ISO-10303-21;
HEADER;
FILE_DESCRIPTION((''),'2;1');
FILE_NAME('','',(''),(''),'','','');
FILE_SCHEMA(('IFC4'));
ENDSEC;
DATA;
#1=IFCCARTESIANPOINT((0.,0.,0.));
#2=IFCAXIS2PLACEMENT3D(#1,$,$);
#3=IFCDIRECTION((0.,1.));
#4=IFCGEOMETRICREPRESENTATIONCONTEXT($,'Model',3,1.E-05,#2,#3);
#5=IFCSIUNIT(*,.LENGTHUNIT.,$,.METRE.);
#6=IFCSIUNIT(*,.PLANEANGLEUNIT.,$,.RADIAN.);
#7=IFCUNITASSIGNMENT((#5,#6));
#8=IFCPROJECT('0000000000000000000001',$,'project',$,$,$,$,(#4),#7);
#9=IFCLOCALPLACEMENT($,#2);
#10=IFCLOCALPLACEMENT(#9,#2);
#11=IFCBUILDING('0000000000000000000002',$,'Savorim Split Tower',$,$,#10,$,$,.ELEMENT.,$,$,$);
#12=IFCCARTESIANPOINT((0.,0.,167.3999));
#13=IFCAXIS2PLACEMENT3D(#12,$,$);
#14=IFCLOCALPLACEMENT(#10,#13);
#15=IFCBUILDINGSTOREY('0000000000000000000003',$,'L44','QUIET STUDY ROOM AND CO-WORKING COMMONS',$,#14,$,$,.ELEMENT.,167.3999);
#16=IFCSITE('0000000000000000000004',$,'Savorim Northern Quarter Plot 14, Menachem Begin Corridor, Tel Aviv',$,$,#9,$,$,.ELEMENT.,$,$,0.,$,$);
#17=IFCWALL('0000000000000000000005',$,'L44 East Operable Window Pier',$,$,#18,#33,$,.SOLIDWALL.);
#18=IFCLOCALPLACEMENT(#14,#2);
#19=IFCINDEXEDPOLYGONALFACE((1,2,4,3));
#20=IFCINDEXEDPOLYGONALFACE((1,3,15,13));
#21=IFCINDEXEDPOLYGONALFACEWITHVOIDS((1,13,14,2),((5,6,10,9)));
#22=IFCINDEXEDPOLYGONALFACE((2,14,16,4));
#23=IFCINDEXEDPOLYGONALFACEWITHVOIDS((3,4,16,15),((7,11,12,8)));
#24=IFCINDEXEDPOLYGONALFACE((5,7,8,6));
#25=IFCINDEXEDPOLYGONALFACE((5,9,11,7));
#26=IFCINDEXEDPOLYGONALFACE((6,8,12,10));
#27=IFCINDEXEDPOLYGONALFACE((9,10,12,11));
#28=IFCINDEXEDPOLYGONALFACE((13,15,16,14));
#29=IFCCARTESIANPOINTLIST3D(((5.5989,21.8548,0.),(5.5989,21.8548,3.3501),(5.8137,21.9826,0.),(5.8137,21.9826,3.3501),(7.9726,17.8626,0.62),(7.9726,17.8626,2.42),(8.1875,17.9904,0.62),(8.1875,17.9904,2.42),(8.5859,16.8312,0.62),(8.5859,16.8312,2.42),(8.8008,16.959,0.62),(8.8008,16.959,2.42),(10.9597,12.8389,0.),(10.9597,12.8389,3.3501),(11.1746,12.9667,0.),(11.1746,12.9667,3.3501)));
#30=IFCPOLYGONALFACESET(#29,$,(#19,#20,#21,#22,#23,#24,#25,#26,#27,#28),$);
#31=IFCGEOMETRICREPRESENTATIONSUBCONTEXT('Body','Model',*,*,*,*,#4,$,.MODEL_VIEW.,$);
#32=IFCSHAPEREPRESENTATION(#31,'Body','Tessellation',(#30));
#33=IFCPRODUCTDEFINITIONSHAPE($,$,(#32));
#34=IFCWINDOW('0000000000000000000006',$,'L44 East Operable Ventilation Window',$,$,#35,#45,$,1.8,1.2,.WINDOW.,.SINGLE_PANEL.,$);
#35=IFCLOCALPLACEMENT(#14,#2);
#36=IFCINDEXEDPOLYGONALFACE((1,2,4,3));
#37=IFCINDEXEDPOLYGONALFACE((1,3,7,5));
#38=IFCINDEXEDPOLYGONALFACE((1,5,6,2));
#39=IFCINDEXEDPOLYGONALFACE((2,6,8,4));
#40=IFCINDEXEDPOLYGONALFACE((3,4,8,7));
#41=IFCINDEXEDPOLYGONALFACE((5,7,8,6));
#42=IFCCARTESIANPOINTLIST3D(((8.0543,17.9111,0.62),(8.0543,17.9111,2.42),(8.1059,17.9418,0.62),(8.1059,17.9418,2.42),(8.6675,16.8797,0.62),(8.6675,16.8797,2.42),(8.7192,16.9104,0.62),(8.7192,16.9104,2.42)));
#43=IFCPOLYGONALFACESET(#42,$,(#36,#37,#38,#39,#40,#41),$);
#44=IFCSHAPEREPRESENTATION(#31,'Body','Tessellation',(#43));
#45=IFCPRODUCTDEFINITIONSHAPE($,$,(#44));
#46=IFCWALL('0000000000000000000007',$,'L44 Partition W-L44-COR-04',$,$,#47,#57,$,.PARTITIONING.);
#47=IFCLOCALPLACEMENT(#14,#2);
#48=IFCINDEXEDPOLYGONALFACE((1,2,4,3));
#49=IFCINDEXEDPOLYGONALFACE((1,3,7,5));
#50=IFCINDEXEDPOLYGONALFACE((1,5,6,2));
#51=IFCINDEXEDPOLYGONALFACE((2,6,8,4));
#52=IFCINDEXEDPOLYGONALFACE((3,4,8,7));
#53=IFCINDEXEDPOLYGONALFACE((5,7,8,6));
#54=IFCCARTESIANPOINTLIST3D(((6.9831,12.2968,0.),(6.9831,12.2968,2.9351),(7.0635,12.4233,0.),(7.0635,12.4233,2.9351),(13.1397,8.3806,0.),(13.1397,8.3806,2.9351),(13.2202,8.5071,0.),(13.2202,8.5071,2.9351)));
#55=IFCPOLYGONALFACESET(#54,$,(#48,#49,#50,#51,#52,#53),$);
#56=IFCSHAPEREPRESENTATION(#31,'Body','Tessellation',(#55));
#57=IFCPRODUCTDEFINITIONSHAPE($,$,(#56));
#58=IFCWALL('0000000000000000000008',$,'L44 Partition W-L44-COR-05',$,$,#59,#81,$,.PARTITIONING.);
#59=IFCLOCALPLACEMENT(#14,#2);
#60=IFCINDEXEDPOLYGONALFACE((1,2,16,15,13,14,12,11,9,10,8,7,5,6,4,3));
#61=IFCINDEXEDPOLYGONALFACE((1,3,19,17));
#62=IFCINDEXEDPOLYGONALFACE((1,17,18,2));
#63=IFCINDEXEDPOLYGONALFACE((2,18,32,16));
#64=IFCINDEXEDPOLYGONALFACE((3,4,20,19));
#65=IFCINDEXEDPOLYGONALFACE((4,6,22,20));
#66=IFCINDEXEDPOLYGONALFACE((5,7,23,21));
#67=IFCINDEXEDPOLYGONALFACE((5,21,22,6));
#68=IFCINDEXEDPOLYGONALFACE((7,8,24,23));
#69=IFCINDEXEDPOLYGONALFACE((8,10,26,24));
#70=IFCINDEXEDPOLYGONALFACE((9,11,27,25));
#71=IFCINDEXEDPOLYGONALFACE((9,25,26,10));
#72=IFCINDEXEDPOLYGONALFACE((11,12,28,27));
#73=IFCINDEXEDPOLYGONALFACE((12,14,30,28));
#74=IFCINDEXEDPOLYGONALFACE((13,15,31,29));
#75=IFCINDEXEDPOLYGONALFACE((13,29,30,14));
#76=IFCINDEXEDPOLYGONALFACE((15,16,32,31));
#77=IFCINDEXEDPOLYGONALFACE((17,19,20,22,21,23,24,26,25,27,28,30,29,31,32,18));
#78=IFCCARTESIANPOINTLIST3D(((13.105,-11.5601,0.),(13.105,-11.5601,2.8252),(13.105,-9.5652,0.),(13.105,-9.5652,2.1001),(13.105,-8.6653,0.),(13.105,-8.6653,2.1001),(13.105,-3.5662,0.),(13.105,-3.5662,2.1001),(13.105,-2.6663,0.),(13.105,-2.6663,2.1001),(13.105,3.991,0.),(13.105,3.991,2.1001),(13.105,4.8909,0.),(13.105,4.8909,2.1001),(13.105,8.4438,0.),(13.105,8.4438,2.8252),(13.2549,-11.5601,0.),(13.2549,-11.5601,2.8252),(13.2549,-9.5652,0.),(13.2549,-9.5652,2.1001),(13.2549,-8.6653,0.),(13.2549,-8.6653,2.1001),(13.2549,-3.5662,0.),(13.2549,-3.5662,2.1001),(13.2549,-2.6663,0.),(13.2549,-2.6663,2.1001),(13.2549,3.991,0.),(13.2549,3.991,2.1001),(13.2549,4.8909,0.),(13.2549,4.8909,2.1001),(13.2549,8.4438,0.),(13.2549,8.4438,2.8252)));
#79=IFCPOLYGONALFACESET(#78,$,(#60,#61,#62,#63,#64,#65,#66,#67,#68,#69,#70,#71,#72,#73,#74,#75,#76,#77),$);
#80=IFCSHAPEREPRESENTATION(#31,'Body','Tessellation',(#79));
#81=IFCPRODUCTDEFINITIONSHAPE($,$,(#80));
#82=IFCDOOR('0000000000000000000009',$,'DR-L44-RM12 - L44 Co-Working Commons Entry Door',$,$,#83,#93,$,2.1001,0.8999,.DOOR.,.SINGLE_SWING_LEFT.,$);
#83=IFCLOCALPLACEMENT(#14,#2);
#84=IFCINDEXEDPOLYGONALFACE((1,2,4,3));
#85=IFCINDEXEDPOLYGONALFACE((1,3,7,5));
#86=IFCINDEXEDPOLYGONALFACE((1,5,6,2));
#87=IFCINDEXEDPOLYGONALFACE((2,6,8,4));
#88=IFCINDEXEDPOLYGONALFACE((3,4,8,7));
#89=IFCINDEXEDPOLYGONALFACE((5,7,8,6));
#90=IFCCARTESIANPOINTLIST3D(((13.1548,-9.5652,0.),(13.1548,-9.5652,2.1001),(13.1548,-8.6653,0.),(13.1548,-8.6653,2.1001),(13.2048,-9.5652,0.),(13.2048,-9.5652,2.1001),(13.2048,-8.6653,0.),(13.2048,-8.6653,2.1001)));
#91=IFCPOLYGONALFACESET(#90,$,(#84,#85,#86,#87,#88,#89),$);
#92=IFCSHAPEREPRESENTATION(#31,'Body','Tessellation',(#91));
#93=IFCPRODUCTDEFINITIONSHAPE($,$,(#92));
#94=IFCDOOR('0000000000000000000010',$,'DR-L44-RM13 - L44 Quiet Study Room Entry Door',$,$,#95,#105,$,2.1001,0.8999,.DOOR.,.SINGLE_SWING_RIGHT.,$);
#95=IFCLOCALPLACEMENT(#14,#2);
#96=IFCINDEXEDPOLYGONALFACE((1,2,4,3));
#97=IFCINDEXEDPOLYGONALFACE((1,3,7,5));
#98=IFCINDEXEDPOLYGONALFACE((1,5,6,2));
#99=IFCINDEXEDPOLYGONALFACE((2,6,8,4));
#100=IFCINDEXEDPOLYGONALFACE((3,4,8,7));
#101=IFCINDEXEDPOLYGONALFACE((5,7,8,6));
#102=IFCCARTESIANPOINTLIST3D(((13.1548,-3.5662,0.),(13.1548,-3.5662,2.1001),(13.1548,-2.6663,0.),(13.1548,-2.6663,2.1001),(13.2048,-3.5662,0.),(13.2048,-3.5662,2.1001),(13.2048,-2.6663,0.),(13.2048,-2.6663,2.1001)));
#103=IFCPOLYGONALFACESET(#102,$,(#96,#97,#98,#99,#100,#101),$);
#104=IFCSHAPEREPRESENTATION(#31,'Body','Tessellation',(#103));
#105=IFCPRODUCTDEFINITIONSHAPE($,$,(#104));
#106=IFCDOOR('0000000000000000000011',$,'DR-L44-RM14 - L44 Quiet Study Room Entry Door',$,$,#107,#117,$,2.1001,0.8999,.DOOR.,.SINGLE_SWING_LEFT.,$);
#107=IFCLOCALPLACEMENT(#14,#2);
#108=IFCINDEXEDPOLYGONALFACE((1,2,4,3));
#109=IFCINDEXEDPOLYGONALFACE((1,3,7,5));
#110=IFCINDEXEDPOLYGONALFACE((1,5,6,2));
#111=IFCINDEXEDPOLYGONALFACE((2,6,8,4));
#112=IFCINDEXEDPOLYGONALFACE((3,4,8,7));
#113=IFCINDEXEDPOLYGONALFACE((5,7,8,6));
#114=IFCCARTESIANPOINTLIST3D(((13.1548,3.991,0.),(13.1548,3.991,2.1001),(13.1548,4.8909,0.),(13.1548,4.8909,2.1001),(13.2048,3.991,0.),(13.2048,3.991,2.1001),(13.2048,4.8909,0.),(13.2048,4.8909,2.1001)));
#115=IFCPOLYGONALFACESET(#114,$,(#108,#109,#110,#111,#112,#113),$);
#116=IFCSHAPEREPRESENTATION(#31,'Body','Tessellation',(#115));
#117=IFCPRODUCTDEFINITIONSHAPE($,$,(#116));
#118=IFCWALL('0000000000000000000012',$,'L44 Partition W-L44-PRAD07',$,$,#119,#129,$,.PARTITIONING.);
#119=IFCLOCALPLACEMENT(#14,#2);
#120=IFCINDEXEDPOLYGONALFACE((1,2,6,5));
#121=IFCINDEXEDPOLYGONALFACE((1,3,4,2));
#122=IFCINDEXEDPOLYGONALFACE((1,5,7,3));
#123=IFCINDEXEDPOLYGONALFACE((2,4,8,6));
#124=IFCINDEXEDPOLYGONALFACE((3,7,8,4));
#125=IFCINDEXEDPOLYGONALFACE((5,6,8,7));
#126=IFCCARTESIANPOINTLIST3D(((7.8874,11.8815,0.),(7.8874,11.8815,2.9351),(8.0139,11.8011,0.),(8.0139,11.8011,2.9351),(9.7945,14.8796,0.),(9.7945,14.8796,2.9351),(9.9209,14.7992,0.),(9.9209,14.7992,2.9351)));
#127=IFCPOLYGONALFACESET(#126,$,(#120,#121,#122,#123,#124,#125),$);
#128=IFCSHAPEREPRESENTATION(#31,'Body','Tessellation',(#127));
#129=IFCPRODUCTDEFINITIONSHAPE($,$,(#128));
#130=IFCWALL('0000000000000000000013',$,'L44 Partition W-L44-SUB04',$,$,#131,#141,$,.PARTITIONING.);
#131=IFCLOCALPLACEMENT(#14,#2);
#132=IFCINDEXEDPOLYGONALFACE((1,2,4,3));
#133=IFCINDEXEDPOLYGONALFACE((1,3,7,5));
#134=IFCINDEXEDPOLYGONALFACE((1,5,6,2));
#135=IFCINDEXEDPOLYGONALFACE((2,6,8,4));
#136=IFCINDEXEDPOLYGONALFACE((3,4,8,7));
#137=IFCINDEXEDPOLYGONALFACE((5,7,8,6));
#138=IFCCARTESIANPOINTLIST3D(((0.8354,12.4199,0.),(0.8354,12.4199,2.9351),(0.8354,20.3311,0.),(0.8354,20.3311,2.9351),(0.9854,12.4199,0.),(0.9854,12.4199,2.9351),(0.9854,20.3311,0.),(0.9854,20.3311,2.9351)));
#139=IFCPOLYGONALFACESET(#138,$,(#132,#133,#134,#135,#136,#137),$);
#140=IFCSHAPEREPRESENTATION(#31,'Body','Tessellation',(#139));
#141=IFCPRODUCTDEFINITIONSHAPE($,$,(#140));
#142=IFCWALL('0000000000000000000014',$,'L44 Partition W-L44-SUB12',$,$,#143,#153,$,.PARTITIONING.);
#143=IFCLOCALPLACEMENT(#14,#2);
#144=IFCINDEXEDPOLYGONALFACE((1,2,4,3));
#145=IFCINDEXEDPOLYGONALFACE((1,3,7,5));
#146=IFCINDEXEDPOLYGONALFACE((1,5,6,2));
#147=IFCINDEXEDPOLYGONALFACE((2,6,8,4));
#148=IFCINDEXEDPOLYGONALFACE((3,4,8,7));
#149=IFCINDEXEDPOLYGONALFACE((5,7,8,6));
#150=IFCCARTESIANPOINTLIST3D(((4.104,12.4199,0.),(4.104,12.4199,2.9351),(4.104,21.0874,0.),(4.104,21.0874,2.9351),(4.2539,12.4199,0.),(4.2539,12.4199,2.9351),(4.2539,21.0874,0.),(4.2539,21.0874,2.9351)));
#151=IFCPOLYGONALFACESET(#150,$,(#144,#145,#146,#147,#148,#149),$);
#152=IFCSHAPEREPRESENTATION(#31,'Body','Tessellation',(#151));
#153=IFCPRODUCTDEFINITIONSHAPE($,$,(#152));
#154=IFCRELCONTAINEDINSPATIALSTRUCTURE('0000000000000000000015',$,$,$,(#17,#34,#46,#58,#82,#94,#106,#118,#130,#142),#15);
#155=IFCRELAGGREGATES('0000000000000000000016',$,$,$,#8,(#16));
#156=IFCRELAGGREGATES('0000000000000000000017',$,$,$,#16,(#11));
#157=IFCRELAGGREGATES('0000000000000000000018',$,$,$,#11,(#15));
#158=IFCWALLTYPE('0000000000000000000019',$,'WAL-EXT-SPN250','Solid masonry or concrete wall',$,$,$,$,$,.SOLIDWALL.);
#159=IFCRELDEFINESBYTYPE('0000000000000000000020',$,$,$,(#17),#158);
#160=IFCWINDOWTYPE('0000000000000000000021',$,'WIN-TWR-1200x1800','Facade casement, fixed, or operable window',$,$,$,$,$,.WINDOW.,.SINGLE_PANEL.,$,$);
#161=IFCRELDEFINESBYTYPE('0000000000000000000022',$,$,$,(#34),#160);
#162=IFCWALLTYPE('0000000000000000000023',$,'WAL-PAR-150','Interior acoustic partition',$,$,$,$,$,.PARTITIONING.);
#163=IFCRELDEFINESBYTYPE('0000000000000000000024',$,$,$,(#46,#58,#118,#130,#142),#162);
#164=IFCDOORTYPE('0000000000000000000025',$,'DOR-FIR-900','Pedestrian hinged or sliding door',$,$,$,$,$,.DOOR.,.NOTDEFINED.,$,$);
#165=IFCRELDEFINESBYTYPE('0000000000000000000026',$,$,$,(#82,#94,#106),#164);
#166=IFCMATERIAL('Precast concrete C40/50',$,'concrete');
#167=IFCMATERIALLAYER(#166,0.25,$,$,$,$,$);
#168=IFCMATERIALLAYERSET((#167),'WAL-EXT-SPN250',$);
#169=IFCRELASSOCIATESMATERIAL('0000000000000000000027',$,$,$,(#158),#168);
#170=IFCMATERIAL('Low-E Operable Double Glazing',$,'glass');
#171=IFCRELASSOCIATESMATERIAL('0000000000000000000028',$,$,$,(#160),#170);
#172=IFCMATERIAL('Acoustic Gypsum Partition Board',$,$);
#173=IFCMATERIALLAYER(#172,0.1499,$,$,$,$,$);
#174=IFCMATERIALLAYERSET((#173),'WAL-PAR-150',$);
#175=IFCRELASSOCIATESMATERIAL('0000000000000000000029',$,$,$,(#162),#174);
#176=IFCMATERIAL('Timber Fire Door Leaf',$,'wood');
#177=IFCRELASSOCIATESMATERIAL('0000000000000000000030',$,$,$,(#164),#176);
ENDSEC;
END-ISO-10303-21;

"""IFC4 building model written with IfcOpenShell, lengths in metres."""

from ifc_helpers import new_model, si_unit, direction, frame, frame_2d, origin, place, context, subcontext, project, spatial, rectangle, extrude, material, layer, layer_set, type_object, element, fill, save


model = new_model("IFC4")

# Units and contexts
model_context = context("Model", 3, precision=1e-05, world=origin(), true_north=direction((0.0, 1.0)))
body_context = subcontext(model_context, "Body", "Model", "MODEL_VIEW")
ifc_project = project(units=[si_unit("LENGTHUNIT", "METRE"), si_unit("PLANEANGLEUNIT", "RADIAN")], contexts=[model_context])

# Site, building, storey
site_placement = place(None, origin())
site = spatial("IfcSite", under=ifc_project, at=site_placement, Name="Savorim Northern Quarter Plot 14, Menachem Begin Corridor, Tel Aviv", CompositionType="ELEMENT", RefElevation=0.0)
building_placement = place(site_placement, origin())
building = spatial("IfcBuilding", under=site, at=building_placement, Name="Savorim Split Tower", CompositionType="ELEMENT")
storey_placement = place(building_placement, frame((0.0, 0.0, 167.3999)))
storey = spatial("IfcBuildingStorey", under=building, at=storey_placement, Name="L44", Description="QUIET STUDY ROOM AND CO-WORKING COMMONS", CompositionType="ELEMENT", Elevation=167.3999)

# Shared definitions
ifc_material_1 = material(Name="Timber Fire Door Leaf", Category="wood")

# Shared definitions
ifc_material_2 = material(Name="Precast concrete C40/50", Category="concrete")

# Wall, opening, window
ifc_layer_1 = layer(ifc_material_2, 0.25)
ifc_layer_set_1 = layer_set([ifc_layer_1], Name="WAL-EXT-SPN250")
wall_type_1 = type_object("IfcWallType", Name="WAL-EXT-SPN250", Description="Solid masonry or concrete wall", PredefinedType="SOLIDWALL", material=ifc_layer_set_1)
wall_1_placement = place(storey_placement, frame((5.7063, 21.9187, 0.0), z_axis=(0.0, 0.0, 1.0), x_axis=(0.511079, -0.859534, 0.0)))
wall_1 = element("IfcWall", 1, at=wall_1_placement, inside=storey, type_object=wall_type_1, Name="L44 East Operable Window Pier", PredefinedType="SOLIDWALL", context=body_context, shape_type="SweptSolid", body=[
    extrude(rectangle(XDim=10.4893, YDim=0.25, at=frame_2d((5.2446, 0.0))), origin(), (0.0, 0.0, 1.0), 3.3501),
])
opening_1_placement = place(wall_1_placement, frame((4.6445, 0.0, 0.6201)))
opening_1 = element("IfcOpeningElement", 2, at=opening_1_placement, cuts=wall_1, PredefinedType="OPENING", context=body_context, shape_type="SweptSolid", body=[
    extrude(rectangle(XDim=1.2, YDim=1.8, at=frame_2d((0.6001, 0.8999))), frame((0.0, 0.135, 0.0), z_axis=(0.0, -1.0, 0.0), x_axis=(1.0, 0.0, 0.0)), (0.0, 0.0, 1.0), 0.27),
])
ifc_material_3 = material(Name="Low-E Operable Double Glazing", Category="glass")
window_type = type_object("IfcWindowType", Name="WIN-TWR-1200x1800", Description="Facade casement, fixed, or operable window", PartitioningType="SINGLE_PANEL", PredefinedType="WINDOW", material=ifc_material_3)
window_placement = place(opening_1_placement, origin())
window = element("IfcWindow", 3, at=window_placement, inside=storey, type_object=window_type, Name="L44 East Operable Ventilation Window", OverallHeight=1.8, OverallWidth=1.2, PartitioningType="SINGLE_PANEL", PredefinedType="WINDOW", context=body_context, shape_type="SweptSolid", body=[
    extrude(rectangle(XDim=1.2, YDim=1.8, at=frame_2d((0.6001, 0.8999))), frame((0.0, 0.03, 0.0), z_axis=(0.0, -1.0, 0.0), x_axis=(1.0, 0.0, 0.0)), (0.0, 0.0, 1.0), 0.0601),
])
fill(opening_1, window)

# Wall
ifc_material_4 = material(Name="Acoustic Gypsum Partition Board")
ifc_layer_2 = layer(ifc_material_4, 0.1499)
ifc_layer_set_2 = layer_set([ifc_layer_2], Name="WAL-PAR-150")
wall_type_2 = type_object("IfcWallType", Name="WAL-PAR-150", Description="Interior acoustic partition", PredefinedType="PARTITIONING", material=ifc_layer_set_2)
wall_2_placement = place(storey_placement, frame((7.0232, 12.3601, 0.0), z_axis=(0.0, 0.0, 1.0), x_axis=(0.843765, -0.536713, 0.0)))
element("IfcWall", 4, at=wall_2_placement, inside=storey, type_object=wall_type_2, Name="L44 Partition W-L44-COR-04", PredefinedType="PARTITIONING", context=body_context, shape_type="SweptSolid", body=[
    extrude(rectangle(XDim=7.2966, YDim=0.1499, at=frame_2d((3.6484, 0.0))), origin(), (0.0, 0.0, 1.0), 2.9351),
])

# Wall, openings, doors
wall_3_placement = place(storey_placement, frame((13.1799, 8.4438, 0.0), z_axis=(0.0, 0.0, 1.0), x_axis=(0.0, -1.0, 0.0)))
wall_3 = element("IfcWall", 5, at=wall_3_placement, inside=storey, type_object=wall_type_2, Name="L44 Partition W-L44-COR-05", PredefinedType="PARTITIONING", context=body_context, shape_type="SweptSolid", body=[
    extrude(rectangle(XDim=20.0039, YDim=0.1499, at=frame_2d((10.002, 0.0))), origin(), (0.0, 0.0, 1.0), 2.8252),
])
opening_2_placement = place(wall_3_placement, frame((17.1091, 0.0, 0.0)))
opening_2 = element("IfcOpeningElement", 6, at=opening_2_placement, cuts=wall_3, PredefinedType="OPENING", context=body_context, shape_type="SweptSolid", body=[
    extrude(rectangle(XDim=0.8999, YDim=2.1001, at=frame_2d((0.45, 1.05))), frame((0.0, 0.085, 0.0), z_axis=(0.0, -1.0, 0.0), x_axis=(1.0, 0.0, 0.0)), (0.0, 0.0, 1.0), 0.1699),
])
opening_3_placement = place(wall_3_placement, frame((11.1101, 0.0, 0.0)))
opening_3 = element("IfcOpeningElement", 7, at=opening_3_placement, cuts=wall_3, PredefinedType="OPENING", context=body_context, shape_type="SweptSolid", body=[
    extrude(rectangle(XDim=0.8999, YDim=2.1001, at=frame_2d((0.45, 1.05))), frame((0.0, 0.085, 0.0), z_axis=(0.0, -1.0, 0.0), x_axis=(1.0, 0.0, 0.0)), (0.0, 0.0, 1.0), 0.1699),
])
opening_4_placement = place(wall_3_placement, frame((3.553, 0.0, 0.0)))
opening_4 = element("IfcOpeningElement", 8, at=opening_4_placement, cuts=wall_3, PredefinedType="OPENING", context=body_context, shape_type="SweptSolid", body=[
    extrude(rectangle(XDim=0.8999, YDim=2.1001, at=frame_2d((0.45, 1.05))), frame((0.0, 0.085, 0.0), z_axis=(0.0, -1.0, 0.0), x_axis=(1.0, 0.0, 0.0)), (0.0, 0.0, 1.0), 0.1699),
])
door_type_1 = type_object("IfcDoorType", Name="DOR-FIR-900", Description="Pedestrian hinged or sliding door", OperationType="NOTDEFINED", PredefinedType="DOOR", material=ifc_material_1)
door_1_placement = place(opening_2_placement, origin())
door_1 = element("IfcDoor", 9, at=door_1_placement, inside=storey, type_object=door_type_1, Name="DR-L44-RM12 - L44 Co-Working Commons Entry Door", OperationType="SINGLE_SWING_LEFT", OverallHeight=2.1001, OverallWidth=0.8999, PredefinedType="DOOR", context=body_context, shape_type="SweptSolid", body=[
    extrude(rectangle(XDim=0.8999, YDim=2.1001, at=frame_2d((0.45, 1.05))), frame((0.0, 0.0249, 0.0), z_axis=(0.0, -1.0, 0.0), x_axis=(1.0, 0.0, 0.0)), (0.0, 0.0, 1.0), 0.05),
])
fill(opening_2, door_1)
door_2_placement = place(opening_3_placement, origin())
door_2 = element("IfcDoor", 10, at=door_2_placement, inside=storey, type_object=door_type_1, Name="DR-L44-RM13 - L44 Quiet Study Room Entry Door", OperationType="SINGLE_SWING_RIGHT", OverallHeight=2.1001, OverallWidth=0.8999, PredefinedType="DOOR", context=body_context, shape_type="SweptSolid", body=[
    extrude(rectangle(XDim=0.8999, YDim=2.1001, at=frame_2d((0.45, 1.05))), frame((0.0, 0.0249, 0.0), z_axis=(0.0, -1.0, 0.0), x_axis=(1.0, 0.0, 0.0)), (0.0, 0.0, 1.0), 0.05),
])
fill(opening_3, door_2)
door_3_placement = place(opening_4_placement, origin())
door_3 = element("IfcDoor", 11, at=door_3_placement, inside=storey, type_object=door_type_1, Name="DR-L44-RM14 - L44 Quiet Study Room Entry Door", OperationType="SINGLE_SWING_LEFT", OverallHeight=2.1001, OverallWidth=0.8999, PredefinedType="DOOR", context=body_context, shape_type="SweptSolid", body=[
    extrude(rectangle(XDim=0.8999, YDim=2.1001, at=frame_2d((0.45, 1.05))), frame((0.0, 0.0249, 0.0), z_axis=(0.0, -1.0, 0.0), x_axis=(1.0, 0.0, 0.0)), (0.0, 0.0, 1.0), 0.05),
])
fill(opening_4, door_3)

# Walls
wall_4_placement = place(storey_placement, frame((7.9507, 11.8413, 0.0), z_axis=(0.0, 0.0, 1.0), x_axis=(0.536702, 0.843772, 0.0)))
element("IfcWall", 12, at=wall_4_placement, inside=storey, type_object=wall_type_2, Name="L44 Partition W-L44-PRAD07", PredefinedType="PARTITIONING", context=body_context, shape_type="SweptSolid", body=[
    extrude(rectangle(XDim=3.5532, YDim=0.1499, at=frame_2d((1.7766, 0.0))), origin(), (0.0, 0.0, 1.0), 2.9351),
])
wall_5_placement = place(storey_placement, frame((0.9104, 12.4199, 0.0), z_axis=(0.0, 0.0, 1.0), x_axis=(0.0, 1.0, 0.0)))
element("IfcWall", 13, at=wall_5_placement, inside=storey, type_object=wall_type_2, Name="L44 Partition W-L44-SUB04", PredefinedType="PARTITIONING", context=body_context, shape_type="SweptSolid", body=[
    extrude(rectangle(XDim=7.9111, YDim=0.1499, at=frame_2d((3.9556, 0.0))), origin(), (0.0, 0.0, 1.0), 2.9351),
])
wall_6_placement = place(storey_placement, frame((4.179, 12.4199, 0.0), z_axis=(0.0, 0.0, 1.0), x_axis=(0.0, 1.0, 0.0)))
element("IfcWall", 14, at=wall_6_placement, inside=storey, type_object=wall_type_2, Name="L44 Partition W-L44-SUB12", PredefinedType="PARTITIONING", context=body_context, shape_type="SweptSolid", body=[
    extrude(rectangle(XDim=8.6675, YDim=0.1499, at=frame_2d((4.3337, 0.0))), origin(), (0.0, 0.0, 1.0), 2.9351),
])

save(model, "model.ifc")
